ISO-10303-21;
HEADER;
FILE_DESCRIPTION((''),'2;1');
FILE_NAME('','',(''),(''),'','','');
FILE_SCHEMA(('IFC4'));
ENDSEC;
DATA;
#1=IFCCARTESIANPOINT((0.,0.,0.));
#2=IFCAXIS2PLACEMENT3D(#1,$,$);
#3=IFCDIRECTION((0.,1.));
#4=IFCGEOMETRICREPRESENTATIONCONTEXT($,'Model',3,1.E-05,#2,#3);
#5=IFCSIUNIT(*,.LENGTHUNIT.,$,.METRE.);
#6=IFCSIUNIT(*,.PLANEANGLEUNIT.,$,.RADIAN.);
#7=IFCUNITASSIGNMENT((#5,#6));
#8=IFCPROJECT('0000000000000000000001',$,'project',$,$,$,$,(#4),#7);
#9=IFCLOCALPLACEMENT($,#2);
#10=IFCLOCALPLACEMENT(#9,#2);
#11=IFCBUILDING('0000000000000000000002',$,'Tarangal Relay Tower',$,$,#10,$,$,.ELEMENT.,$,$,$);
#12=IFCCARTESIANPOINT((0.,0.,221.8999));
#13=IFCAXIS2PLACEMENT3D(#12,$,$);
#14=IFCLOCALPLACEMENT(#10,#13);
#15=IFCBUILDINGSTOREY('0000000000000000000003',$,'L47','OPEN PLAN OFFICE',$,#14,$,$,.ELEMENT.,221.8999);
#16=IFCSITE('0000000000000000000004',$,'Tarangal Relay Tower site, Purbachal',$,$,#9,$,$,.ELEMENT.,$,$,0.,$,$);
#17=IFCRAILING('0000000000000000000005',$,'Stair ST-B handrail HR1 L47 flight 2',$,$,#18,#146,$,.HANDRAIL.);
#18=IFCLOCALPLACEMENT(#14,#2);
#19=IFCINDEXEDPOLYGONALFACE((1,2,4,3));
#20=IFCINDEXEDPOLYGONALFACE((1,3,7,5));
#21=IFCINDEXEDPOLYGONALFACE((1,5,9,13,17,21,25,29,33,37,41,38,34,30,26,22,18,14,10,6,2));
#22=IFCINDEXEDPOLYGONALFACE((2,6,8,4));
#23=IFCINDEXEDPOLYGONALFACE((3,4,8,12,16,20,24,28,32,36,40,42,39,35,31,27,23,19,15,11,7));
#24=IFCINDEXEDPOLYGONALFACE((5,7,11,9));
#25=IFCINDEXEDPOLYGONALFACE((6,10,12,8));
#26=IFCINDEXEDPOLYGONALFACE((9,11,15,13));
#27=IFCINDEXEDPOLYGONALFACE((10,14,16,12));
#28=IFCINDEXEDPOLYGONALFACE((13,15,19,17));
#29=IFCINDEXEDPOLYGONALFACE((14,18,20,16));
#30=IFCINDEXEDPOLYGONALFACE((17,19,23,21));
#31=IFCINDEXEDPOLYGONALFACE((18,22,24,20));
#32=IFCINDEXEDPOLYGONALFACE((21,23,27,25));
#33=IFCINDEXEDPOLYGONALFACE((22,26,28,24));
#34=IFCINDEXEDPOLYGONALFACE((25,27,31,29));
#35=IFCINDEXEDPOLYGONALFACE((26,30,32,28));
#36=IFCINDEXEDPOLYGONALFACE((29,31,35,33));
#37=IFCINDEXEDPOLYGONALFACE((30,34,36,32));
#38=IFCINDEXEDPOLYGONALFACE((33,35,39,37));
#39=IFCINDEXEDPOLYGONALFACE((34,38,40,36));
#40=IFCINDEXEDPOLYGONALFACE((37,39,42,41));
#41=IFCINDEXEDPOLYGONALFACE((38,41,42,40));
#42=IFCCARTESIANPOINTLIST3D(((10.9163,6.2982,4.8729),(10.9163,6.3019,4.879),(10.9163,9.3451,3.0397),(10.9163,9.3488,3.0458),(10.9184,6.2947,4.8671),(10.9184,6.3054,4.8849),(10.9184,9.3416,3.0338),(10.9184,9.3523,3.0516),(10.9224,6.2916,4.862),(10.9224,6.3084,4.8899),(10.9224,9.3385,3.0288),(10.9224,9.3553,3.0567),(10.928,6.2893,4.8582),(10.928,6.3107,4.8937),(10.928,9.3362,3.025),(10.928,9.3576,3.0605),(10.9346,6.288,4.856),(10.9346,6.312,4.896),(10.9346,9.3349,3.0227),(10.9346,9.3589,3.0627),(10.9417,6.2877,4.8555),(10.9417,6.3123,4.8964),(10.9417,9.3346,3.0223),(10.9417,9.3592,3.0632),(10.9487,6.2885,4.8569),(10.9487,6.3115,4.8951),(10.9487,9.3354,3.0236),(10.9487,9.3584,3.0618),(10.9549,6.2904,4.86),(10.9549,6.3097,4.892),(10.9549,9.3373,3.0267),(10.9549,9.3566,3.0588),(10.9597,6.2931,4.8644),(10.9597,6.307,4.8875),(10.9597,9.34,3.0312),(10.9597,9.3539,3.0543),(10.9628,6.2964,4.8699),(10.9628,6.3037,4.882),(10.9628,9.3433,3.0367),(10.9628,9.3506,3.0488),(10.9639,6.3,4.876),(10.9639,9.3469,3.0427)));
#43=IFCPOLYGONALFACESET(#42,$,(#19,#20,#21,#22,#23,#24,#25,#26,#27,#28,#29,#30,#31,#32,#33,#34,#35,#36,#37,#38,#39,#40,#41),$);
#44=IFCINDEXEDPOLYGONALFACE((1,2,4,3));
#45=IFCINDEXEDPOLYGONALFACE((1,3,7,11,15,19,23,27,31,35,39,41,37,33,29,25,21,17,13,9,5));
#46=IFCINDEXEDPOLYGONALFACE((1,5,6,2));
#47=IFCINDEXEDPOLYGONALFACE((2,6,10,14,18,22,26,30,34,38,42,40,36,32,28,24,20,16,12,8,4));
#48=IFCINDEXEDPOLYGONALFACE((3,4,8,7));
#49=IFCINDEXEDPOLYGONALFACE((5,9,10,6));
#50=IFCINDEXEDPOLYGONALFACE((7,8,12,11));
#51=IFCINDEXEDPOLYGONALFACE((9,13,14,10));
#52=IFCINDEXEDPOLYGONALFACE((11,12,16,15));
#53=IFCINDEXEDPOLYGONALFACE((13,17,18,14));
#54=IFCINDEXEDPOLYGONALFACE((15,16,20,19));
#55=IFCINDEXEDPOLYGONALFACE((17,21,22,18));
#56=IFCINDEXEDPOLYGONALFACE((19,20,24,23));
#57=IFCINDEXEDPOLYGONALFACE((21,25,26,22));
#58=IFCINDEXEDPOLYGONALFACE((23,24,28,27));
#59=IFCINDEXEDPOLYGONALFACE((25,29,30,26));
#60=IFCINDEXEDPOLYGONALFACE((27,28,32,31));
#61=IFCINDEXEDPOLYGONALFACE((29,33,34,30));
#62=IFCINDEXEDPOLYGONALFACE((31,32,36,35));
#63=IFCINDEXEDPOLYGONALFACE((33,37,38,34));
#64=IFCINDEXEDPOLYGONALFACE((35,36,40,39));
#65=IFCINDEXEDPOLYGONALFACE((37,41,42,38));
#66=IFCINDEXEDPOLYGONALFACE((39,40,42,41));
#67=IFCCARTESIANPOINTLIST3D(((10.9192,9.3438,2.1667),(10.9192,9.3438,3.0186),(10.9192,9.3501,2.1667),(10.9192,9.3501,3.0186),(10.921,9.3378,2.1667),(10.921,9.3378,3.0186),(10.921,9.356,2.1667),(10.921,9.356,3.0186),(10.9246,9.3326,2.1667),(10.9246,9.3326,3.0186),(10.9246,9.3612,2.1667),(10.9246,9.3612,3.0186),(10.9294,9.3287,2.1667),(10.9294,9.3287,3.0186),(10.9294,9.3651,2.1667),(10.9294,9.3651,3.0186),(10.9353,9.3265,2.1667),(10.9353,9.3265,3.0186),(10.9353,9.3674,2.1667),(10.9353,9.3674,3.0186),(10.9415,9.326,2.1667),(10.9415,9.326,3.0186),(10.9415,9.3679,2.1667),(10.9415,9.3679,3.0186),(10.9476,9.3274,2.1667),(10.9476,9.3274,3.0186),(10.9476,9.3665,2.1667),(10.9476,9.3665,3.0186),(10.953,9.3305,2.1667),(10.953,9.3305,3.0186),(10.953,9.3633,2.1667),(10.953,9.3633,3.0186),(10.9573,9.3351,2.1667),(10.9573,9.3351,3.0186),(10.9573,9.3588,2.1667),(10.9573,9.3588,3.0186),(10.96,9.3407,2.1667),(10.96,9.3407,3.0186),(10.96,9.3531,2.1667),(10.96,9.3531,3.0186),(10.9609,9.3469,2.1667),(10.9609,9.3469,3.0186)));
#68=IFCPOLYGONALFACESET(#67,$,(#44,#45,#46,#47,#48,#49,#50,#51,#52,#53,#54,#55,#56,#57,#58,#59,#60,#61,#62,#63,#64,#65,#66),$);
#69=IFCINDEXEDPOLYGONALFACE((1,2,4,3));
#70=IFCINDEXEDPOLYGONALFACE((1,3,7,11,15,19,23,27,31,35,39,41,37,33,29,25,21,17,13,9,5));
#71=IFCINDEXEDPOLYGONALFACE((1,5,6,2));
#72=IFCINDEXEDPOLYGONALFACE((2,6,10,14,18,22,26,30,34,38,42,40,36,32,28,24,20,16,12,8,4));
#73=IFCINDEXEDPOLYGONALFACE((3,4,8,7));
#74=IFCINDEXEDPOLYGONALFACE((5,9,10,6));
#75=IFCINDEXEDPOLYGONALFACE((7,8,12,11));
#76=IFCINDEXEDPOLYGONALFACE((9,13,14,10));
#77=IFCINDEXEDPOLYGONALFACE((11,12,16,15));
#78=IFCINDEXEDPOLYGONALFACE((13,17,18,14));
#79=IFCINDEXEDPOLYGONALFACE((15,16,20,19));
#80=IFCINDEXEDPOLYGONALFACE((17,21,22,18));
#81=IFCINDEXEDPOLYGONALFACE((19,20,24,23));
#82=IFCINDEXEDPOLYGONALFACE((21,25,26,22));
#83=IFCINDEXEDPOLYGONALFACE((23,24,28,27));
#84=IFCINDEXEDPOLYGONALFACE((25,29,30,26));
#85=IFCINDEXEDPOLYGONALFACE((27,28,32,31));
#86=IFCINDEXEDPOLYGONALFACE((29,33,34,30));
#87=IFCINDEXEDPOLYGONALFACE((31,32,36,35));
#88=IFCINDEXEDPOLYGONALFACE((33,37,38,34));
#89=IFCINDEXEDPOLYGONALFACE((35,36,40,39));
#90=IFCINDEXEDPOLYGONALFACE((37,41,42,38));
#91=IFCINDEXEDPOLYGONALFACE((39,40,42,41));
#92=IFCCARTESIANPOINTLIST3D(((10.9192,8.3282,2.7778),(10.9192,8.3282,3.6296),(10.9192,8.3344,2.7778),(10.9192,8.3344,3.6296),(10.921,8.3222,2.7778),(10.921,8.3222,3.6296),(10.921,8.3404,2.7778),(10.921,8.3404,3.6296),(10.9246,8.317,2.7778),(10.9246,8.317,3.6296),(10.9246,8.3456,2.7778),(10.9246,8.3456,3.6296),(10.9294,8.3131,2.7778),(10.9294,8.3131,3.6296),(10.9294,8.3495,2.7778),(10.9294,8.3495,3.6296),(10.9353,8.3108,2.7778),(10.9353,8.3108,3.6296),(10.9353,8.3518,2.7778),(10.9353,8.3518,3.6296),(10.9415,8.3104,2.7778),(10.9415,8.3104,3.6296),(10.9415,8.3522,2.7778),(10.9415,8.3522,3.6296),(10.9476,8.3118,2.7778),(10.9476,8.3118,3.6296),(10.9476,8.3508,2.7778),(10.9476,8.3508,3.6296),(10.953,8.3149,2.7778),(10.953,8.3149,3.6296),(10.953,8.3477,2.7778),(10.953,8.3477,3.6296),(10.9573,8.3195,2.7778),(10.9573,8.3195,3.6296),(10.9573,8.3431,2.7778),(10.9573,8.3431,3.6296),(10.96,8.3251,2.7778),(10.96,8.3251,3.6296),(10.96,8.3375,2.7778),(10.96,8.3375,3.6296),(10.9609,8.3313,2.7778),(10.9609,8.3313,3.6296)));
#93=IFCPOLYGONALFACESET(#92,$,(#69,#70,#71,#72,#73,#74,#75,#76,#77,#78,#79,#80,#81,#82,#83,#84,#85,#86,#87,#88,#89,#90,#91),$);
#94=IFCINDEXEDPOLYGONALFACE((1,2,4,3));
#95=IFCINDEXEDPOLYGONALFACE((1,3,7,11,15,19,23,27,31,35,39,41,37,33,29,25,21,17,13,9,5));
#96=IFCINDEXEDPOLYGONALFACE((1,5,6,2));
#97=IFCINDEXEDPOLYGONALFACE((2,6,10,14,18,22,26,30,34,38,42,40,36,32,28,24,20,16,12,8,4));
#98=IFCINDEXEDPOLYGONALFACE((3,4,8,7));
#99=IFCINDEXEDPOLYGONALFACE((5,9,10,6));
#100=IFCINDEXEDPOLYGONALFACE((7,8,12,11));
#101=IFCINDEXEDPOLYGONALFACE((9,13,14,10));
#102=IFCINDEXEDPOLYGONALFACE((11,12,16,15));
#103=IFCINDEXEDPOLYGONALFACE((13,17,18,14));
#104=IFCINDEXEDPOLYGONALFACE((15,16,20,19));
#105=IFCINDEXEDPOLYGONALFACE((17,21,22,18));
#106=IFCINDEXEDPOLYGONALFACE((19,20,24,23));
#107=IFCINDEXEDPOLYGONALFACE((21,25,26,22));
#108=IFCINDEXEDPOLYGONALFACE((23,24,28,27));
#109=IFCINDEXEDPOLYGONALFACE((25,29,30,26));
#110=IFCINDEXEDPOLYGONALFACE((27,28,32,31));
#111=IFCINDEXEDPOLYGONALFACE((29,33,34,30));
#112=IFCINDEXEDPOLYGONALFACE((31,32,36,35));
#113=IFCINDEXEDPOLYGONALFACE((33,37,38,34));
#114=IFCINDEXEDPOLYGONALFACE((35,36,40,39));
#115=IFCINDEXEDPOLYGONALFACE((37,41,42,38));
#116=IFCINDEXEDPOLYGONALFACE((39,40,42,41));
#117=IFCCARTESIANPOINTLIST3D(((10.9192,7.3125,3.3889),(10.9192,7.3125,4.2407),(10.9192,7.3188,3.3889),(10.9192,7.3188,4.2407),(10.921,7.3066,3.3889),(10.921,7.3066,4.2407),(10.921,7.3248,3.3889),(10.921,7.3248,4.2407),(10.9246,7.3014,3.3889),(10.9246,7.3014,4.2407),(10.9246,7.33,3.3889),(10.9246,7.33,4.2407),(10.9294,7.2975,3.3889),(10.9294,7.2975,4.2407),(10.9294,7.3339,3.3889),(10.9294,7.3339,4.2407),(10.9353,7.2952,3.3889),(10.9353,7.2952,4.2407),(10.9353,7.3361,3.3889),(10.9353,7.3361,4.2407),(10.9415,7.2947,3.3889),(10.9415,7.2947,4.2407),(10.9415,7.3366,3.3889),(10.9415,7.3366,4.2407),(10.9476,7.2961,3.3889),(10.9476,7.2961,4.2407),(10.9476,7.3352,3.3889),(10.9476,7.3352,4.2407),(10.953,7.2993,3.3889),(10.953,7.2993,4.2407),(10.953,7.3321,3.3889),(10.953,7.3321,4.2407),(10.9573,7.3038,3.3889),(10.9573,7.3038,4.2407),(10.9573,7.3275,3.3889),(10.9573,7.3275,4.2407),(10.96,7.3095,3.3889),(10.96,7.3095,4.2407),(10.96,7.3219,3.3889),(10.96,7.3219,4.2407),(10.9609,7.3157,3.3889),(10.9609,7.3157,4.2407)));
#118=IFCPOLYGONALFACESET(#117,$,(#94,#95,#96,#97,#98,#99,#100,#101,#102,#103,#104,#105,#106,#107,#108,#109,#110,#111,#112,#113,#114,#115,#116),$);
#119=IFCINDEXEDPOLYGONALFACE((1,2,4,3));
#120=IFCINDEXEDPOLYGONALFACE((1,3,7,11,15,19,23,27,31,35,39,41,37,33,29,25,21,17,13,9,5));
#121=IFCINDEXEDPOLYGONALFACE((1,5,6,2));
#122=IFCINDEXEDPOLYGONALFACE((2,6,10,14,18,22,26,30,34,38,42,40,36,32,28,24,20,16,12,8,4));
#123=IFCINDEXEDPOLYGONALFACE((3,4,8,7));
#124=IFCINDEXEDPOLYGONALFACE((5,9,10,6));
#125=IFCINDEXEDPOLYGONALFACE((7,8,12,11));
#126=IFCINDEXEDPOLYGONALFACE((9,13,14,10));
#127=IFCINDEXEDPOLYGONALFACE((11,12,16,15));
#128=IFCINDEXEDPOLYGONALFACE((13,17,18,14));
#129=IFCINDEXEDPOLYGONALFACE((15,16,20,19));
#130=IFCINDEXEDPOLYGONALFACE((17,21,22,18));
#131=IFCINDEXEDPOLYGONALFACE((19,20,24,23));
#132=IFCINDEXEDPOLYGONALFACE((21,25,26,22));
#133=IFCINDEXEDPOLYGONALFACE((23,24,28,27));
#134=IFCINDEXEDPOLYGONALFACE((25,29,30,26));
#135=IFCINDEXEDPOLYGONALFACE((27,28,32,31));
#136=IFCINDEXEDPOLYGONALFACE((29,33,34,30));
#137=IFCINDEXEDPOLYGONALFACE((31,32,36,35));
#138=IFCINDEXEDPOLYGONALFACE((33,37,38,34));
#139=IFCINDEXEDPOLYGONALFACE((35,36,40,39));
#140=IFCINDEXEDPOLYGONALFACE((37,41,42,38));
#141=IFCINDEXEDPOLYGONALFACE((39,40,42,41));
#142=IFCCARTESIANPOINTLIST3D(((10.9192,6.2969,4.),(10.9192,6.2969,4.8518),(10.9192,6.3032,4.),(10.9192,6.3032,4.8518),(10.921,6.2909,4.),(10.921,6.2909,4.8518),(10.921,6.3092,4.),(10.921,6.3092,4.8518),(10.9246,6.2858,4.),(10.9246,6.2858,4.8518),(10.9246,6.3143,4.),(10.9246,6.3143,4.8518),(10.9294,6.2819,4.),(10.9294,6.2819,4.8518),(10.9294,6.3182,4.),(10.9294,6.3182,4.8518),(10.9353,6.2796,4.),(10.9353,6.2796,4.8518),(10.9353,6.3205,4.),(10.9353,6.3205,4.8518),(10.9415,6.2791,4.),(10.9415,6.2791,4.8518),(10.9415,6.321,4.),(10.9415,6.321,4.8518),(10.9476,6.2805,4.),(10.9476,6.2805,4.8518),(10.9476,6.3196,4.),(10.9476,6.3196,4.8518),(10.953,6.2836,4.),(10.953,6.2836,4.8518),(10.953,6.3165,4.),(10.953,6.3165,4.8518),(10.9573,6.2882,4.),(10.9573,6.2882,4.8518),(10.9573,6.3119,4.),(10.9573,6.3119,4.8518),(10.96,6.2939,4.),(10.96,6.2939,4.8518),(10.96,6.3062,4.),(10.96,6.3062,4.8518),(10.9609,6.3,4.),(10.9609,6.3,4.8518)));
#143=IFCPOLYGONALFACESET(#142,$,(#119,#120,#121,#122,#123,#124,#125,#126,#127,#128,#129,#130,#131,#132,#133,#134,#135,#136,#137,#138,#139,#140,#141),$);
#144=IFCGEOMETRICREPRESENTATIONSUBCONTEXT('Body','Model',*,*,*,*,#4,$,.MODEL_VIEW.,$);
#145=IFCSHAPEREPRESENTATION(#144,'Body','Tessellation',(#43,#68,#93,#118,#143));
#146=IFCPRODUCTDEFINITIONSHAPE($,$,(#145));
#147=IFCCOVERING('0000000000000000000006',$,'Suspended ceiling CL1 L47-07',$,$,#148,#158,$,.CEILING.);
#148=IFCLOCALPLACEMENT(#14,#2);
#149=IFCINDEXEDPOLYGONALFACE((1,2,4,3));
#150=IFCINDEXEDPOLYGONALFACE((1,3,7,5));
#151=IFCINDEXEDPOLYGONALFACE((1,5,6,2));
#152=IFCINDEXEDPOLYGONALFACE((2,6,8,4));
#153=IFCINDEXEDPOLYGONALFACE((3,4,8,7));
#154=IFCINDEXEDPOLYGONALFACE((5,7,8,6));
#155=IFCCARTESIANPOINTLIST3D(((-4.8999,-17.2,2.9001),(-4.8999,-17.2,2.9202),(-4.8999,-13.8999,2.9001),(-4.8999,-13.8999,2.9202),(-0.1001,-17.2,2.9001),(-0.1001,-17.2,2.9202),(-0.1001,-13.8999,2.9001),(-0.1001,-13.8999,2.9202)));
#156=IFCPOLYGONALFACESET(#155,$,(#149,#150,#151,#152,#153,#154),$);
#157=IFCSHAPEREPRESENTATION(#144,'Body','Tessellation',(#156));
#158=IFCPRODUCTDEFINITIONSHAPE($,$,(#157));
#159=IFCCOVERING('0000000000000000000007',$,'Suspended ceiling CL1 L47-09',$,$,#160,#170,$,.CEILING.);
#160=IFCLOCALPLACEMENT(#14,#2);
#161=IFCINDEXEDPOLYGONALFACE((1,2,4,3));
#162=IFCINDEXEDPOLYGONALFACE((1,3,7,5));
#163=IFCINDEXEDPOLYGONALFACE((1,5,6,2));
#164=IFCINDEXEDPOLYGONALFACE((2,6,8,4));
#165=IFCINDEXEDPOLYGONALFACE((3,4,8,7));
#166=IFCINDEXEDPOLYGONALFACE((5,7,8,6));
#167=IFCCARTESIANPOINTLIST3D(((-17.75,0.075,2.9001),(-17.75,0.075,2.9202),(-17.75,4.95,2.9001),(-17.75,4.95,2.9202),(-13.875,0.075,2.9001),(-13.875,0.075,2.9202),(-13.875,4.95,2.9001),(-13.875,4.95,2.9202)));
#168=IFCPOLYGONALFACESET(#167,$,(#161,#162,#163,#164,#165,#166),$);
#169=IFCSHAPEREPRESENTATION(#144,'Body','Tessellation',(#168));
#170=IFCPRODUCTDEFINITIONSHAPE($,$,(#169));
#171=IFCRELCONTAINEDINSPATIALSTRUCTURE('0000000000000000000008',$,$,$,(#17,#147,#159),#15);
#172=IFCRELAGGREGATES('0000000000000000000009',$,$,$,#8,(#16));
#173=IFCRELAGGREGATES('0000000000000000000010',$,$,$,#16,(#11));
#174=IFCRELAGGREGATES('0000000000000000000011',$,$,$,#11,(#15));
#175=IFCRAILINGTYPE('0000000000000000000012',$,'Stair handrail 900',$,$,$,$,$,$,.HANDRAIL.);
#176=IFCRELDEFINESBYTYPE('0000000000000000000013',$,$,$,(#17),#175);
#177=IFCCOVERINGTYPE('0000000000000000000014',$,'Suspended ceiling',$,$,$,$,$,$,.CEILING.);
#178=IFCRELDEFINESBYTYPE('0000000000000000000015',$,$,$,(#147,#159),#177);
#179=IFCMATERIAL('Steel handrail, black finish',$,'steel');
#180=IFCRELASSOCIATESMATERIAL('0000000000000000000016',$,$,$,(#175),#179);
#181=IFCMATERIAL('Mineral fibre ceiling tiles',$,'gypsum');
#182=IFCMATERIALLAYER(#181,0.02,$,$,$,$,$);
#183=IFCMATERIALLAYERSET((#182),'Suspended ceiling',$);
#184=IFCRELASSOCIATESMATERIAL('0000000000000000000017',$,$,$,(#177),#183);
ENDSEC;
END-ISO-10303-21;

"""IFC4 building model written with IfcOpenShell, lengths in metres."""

from ifc_helpers import new_model, si_unit, direction, frame, origin, origin_2d, place, context, subcontext, project, spatial, polyline, circle, outline, extrude, material, layer, layer_set, type_object, element, save


model = new_model("IFC4")

# Units and contexts
model_context = context("Model", 3, precision=1e-05, world=origin(), true_north=direction((0.0, 1.0)))
body_context = subcontext(model_context, "Body", "Model", "MODEL_VIEW")
ifc_project = project(units=[si_unit("LENGTHUNIT", "METRE"), si_unit("PLANEANGLEUNIT", "RADIAN")], contexts=[model_context])

# Site, building, storey
site_placement = place(None, origin())
site = spatial("IfcSite", under=ifc_project, at=site_placement, Name="Tarangal Relay Tower site, Purbachal", CompositionType="ELEMENT", RefElevation=0.0)
building_placement = place(site_placement, origin())
building = spatial("IfcBuilding", under=site, at=building_placement, Name="Tarangal Relay Tower", CompositionType="ELEMENT")
storey_placement = place(building_placement, frame((0.0, 0.0, 221.8999)))
storey = spatial("IfcBuildingStorey", under=building, at=storey_placement, Name="L47", Description="OPEN PLAN OFFICE", CompositionType="ELEMENT", Elevation=221.8999)

# Railing
ifc_material_1 = material(Name="Steel handrail, black finish", Category="steel")
railing_type_1 = type_object("IfcRailingType", Name="Stair handrail 900", PredefinedType="HANDRAIL", material=ifc_material_1)
railing_1_placement = place(storey_placement, frame((10.9399, 9.3469, 2.1667)))
element("IfcRailing", 1, at=railing_1_placement, inside=storey, type_object=railing_type_1, Name="Stair ST-B handrail HR1 L47 flight 2", PredefinedType="HANDRAIL", context=body_context, shape_type="SweptSolid", body=[
    extrude(circle(Radius=0.0239, at=origin_2d()), frame((0.0, 0.0, 0.876), z_axis=(0.0, -0.856856, 0.515556), x_axis=(1.0, 0.0, 0.0)), (0.0, 0.0, 1.0), 3.5559),
    extrude(circle(Radius=0.021, at=origin_2d()), origin(), (0.0, 0.0, 1.0), 0.8518),
    extrude(circle(Radius=0.021, at=origin_2d()), frame((0.0, -1.0156, 0.6111)), (0.0, 0.0, 1.0), 0.8518),
    extrude(circle(Radius=0.021, at=origin_2d()), frame((0.0, -2.0312, 1.2222)), (0.0, 0.0, 1.0), 0.8518),
    extrude(circle(Radius=0.021, at=origin_2d()), frame((0.0, -3.0469, 1.8333)), (0.0, 0.0, 1.0), 0.8518),
])

# Coverings
ifc_material_2 = material(Name="Mineral fibre ceiling tiles", Category="gypsum")
ifc_layer_1 = layer(ifc_material_2, 0.02)
ifc_layer_set_1 = layer_set([ifc_layer_1], Name="Suspended ceiling")
covering_type = type_object("IfcCoveringType", Name="Suspended ceiling", PredefinedType="CEILING", material=ifc_layer_set_1)
covering_1_placement = place(storey_placement, frame((0.0, 0.0, 2.9001)))
element("IfcCovering", 2, at=covering_1_placement, inside=storey, type_object=covering_type, Name="Suspended ceiling CL1 L47-07", PredefinedType="CEILING", context=body_context, shape_type="SweptSolid", body=[
    extrude(outline(polyline([(-4.8999, -13.8999), (-4.8999, -17.2), (-0.1001, -17.2), (-0.1001, -13.8999), (-4.8999, -13.8999)])), origin(), (0.0, 0.0, 1.0), 0.02),
])
covering_2_placement = place(storey_placement, frame((0.0, 0.0, 2.9001)))
element("IfcCovering", 3, at=covering_2_placement, inside=storey, type_object=covering_type, Name="Suspended ceiling CL1 L47-09", PredefinedType="CEILING", context=body_context, shape_type="SweptSolid", body=[
    extrude(outline(polyline([(-13.875, 4.95), (-17.75, 4.95), (-17.75, 0.075), (-13.875, 0.075), (-13.875, 4.95)])), origin(), (0.0, 0.0, 1.0), 0.02),
])

save(model, "model.ifc")
